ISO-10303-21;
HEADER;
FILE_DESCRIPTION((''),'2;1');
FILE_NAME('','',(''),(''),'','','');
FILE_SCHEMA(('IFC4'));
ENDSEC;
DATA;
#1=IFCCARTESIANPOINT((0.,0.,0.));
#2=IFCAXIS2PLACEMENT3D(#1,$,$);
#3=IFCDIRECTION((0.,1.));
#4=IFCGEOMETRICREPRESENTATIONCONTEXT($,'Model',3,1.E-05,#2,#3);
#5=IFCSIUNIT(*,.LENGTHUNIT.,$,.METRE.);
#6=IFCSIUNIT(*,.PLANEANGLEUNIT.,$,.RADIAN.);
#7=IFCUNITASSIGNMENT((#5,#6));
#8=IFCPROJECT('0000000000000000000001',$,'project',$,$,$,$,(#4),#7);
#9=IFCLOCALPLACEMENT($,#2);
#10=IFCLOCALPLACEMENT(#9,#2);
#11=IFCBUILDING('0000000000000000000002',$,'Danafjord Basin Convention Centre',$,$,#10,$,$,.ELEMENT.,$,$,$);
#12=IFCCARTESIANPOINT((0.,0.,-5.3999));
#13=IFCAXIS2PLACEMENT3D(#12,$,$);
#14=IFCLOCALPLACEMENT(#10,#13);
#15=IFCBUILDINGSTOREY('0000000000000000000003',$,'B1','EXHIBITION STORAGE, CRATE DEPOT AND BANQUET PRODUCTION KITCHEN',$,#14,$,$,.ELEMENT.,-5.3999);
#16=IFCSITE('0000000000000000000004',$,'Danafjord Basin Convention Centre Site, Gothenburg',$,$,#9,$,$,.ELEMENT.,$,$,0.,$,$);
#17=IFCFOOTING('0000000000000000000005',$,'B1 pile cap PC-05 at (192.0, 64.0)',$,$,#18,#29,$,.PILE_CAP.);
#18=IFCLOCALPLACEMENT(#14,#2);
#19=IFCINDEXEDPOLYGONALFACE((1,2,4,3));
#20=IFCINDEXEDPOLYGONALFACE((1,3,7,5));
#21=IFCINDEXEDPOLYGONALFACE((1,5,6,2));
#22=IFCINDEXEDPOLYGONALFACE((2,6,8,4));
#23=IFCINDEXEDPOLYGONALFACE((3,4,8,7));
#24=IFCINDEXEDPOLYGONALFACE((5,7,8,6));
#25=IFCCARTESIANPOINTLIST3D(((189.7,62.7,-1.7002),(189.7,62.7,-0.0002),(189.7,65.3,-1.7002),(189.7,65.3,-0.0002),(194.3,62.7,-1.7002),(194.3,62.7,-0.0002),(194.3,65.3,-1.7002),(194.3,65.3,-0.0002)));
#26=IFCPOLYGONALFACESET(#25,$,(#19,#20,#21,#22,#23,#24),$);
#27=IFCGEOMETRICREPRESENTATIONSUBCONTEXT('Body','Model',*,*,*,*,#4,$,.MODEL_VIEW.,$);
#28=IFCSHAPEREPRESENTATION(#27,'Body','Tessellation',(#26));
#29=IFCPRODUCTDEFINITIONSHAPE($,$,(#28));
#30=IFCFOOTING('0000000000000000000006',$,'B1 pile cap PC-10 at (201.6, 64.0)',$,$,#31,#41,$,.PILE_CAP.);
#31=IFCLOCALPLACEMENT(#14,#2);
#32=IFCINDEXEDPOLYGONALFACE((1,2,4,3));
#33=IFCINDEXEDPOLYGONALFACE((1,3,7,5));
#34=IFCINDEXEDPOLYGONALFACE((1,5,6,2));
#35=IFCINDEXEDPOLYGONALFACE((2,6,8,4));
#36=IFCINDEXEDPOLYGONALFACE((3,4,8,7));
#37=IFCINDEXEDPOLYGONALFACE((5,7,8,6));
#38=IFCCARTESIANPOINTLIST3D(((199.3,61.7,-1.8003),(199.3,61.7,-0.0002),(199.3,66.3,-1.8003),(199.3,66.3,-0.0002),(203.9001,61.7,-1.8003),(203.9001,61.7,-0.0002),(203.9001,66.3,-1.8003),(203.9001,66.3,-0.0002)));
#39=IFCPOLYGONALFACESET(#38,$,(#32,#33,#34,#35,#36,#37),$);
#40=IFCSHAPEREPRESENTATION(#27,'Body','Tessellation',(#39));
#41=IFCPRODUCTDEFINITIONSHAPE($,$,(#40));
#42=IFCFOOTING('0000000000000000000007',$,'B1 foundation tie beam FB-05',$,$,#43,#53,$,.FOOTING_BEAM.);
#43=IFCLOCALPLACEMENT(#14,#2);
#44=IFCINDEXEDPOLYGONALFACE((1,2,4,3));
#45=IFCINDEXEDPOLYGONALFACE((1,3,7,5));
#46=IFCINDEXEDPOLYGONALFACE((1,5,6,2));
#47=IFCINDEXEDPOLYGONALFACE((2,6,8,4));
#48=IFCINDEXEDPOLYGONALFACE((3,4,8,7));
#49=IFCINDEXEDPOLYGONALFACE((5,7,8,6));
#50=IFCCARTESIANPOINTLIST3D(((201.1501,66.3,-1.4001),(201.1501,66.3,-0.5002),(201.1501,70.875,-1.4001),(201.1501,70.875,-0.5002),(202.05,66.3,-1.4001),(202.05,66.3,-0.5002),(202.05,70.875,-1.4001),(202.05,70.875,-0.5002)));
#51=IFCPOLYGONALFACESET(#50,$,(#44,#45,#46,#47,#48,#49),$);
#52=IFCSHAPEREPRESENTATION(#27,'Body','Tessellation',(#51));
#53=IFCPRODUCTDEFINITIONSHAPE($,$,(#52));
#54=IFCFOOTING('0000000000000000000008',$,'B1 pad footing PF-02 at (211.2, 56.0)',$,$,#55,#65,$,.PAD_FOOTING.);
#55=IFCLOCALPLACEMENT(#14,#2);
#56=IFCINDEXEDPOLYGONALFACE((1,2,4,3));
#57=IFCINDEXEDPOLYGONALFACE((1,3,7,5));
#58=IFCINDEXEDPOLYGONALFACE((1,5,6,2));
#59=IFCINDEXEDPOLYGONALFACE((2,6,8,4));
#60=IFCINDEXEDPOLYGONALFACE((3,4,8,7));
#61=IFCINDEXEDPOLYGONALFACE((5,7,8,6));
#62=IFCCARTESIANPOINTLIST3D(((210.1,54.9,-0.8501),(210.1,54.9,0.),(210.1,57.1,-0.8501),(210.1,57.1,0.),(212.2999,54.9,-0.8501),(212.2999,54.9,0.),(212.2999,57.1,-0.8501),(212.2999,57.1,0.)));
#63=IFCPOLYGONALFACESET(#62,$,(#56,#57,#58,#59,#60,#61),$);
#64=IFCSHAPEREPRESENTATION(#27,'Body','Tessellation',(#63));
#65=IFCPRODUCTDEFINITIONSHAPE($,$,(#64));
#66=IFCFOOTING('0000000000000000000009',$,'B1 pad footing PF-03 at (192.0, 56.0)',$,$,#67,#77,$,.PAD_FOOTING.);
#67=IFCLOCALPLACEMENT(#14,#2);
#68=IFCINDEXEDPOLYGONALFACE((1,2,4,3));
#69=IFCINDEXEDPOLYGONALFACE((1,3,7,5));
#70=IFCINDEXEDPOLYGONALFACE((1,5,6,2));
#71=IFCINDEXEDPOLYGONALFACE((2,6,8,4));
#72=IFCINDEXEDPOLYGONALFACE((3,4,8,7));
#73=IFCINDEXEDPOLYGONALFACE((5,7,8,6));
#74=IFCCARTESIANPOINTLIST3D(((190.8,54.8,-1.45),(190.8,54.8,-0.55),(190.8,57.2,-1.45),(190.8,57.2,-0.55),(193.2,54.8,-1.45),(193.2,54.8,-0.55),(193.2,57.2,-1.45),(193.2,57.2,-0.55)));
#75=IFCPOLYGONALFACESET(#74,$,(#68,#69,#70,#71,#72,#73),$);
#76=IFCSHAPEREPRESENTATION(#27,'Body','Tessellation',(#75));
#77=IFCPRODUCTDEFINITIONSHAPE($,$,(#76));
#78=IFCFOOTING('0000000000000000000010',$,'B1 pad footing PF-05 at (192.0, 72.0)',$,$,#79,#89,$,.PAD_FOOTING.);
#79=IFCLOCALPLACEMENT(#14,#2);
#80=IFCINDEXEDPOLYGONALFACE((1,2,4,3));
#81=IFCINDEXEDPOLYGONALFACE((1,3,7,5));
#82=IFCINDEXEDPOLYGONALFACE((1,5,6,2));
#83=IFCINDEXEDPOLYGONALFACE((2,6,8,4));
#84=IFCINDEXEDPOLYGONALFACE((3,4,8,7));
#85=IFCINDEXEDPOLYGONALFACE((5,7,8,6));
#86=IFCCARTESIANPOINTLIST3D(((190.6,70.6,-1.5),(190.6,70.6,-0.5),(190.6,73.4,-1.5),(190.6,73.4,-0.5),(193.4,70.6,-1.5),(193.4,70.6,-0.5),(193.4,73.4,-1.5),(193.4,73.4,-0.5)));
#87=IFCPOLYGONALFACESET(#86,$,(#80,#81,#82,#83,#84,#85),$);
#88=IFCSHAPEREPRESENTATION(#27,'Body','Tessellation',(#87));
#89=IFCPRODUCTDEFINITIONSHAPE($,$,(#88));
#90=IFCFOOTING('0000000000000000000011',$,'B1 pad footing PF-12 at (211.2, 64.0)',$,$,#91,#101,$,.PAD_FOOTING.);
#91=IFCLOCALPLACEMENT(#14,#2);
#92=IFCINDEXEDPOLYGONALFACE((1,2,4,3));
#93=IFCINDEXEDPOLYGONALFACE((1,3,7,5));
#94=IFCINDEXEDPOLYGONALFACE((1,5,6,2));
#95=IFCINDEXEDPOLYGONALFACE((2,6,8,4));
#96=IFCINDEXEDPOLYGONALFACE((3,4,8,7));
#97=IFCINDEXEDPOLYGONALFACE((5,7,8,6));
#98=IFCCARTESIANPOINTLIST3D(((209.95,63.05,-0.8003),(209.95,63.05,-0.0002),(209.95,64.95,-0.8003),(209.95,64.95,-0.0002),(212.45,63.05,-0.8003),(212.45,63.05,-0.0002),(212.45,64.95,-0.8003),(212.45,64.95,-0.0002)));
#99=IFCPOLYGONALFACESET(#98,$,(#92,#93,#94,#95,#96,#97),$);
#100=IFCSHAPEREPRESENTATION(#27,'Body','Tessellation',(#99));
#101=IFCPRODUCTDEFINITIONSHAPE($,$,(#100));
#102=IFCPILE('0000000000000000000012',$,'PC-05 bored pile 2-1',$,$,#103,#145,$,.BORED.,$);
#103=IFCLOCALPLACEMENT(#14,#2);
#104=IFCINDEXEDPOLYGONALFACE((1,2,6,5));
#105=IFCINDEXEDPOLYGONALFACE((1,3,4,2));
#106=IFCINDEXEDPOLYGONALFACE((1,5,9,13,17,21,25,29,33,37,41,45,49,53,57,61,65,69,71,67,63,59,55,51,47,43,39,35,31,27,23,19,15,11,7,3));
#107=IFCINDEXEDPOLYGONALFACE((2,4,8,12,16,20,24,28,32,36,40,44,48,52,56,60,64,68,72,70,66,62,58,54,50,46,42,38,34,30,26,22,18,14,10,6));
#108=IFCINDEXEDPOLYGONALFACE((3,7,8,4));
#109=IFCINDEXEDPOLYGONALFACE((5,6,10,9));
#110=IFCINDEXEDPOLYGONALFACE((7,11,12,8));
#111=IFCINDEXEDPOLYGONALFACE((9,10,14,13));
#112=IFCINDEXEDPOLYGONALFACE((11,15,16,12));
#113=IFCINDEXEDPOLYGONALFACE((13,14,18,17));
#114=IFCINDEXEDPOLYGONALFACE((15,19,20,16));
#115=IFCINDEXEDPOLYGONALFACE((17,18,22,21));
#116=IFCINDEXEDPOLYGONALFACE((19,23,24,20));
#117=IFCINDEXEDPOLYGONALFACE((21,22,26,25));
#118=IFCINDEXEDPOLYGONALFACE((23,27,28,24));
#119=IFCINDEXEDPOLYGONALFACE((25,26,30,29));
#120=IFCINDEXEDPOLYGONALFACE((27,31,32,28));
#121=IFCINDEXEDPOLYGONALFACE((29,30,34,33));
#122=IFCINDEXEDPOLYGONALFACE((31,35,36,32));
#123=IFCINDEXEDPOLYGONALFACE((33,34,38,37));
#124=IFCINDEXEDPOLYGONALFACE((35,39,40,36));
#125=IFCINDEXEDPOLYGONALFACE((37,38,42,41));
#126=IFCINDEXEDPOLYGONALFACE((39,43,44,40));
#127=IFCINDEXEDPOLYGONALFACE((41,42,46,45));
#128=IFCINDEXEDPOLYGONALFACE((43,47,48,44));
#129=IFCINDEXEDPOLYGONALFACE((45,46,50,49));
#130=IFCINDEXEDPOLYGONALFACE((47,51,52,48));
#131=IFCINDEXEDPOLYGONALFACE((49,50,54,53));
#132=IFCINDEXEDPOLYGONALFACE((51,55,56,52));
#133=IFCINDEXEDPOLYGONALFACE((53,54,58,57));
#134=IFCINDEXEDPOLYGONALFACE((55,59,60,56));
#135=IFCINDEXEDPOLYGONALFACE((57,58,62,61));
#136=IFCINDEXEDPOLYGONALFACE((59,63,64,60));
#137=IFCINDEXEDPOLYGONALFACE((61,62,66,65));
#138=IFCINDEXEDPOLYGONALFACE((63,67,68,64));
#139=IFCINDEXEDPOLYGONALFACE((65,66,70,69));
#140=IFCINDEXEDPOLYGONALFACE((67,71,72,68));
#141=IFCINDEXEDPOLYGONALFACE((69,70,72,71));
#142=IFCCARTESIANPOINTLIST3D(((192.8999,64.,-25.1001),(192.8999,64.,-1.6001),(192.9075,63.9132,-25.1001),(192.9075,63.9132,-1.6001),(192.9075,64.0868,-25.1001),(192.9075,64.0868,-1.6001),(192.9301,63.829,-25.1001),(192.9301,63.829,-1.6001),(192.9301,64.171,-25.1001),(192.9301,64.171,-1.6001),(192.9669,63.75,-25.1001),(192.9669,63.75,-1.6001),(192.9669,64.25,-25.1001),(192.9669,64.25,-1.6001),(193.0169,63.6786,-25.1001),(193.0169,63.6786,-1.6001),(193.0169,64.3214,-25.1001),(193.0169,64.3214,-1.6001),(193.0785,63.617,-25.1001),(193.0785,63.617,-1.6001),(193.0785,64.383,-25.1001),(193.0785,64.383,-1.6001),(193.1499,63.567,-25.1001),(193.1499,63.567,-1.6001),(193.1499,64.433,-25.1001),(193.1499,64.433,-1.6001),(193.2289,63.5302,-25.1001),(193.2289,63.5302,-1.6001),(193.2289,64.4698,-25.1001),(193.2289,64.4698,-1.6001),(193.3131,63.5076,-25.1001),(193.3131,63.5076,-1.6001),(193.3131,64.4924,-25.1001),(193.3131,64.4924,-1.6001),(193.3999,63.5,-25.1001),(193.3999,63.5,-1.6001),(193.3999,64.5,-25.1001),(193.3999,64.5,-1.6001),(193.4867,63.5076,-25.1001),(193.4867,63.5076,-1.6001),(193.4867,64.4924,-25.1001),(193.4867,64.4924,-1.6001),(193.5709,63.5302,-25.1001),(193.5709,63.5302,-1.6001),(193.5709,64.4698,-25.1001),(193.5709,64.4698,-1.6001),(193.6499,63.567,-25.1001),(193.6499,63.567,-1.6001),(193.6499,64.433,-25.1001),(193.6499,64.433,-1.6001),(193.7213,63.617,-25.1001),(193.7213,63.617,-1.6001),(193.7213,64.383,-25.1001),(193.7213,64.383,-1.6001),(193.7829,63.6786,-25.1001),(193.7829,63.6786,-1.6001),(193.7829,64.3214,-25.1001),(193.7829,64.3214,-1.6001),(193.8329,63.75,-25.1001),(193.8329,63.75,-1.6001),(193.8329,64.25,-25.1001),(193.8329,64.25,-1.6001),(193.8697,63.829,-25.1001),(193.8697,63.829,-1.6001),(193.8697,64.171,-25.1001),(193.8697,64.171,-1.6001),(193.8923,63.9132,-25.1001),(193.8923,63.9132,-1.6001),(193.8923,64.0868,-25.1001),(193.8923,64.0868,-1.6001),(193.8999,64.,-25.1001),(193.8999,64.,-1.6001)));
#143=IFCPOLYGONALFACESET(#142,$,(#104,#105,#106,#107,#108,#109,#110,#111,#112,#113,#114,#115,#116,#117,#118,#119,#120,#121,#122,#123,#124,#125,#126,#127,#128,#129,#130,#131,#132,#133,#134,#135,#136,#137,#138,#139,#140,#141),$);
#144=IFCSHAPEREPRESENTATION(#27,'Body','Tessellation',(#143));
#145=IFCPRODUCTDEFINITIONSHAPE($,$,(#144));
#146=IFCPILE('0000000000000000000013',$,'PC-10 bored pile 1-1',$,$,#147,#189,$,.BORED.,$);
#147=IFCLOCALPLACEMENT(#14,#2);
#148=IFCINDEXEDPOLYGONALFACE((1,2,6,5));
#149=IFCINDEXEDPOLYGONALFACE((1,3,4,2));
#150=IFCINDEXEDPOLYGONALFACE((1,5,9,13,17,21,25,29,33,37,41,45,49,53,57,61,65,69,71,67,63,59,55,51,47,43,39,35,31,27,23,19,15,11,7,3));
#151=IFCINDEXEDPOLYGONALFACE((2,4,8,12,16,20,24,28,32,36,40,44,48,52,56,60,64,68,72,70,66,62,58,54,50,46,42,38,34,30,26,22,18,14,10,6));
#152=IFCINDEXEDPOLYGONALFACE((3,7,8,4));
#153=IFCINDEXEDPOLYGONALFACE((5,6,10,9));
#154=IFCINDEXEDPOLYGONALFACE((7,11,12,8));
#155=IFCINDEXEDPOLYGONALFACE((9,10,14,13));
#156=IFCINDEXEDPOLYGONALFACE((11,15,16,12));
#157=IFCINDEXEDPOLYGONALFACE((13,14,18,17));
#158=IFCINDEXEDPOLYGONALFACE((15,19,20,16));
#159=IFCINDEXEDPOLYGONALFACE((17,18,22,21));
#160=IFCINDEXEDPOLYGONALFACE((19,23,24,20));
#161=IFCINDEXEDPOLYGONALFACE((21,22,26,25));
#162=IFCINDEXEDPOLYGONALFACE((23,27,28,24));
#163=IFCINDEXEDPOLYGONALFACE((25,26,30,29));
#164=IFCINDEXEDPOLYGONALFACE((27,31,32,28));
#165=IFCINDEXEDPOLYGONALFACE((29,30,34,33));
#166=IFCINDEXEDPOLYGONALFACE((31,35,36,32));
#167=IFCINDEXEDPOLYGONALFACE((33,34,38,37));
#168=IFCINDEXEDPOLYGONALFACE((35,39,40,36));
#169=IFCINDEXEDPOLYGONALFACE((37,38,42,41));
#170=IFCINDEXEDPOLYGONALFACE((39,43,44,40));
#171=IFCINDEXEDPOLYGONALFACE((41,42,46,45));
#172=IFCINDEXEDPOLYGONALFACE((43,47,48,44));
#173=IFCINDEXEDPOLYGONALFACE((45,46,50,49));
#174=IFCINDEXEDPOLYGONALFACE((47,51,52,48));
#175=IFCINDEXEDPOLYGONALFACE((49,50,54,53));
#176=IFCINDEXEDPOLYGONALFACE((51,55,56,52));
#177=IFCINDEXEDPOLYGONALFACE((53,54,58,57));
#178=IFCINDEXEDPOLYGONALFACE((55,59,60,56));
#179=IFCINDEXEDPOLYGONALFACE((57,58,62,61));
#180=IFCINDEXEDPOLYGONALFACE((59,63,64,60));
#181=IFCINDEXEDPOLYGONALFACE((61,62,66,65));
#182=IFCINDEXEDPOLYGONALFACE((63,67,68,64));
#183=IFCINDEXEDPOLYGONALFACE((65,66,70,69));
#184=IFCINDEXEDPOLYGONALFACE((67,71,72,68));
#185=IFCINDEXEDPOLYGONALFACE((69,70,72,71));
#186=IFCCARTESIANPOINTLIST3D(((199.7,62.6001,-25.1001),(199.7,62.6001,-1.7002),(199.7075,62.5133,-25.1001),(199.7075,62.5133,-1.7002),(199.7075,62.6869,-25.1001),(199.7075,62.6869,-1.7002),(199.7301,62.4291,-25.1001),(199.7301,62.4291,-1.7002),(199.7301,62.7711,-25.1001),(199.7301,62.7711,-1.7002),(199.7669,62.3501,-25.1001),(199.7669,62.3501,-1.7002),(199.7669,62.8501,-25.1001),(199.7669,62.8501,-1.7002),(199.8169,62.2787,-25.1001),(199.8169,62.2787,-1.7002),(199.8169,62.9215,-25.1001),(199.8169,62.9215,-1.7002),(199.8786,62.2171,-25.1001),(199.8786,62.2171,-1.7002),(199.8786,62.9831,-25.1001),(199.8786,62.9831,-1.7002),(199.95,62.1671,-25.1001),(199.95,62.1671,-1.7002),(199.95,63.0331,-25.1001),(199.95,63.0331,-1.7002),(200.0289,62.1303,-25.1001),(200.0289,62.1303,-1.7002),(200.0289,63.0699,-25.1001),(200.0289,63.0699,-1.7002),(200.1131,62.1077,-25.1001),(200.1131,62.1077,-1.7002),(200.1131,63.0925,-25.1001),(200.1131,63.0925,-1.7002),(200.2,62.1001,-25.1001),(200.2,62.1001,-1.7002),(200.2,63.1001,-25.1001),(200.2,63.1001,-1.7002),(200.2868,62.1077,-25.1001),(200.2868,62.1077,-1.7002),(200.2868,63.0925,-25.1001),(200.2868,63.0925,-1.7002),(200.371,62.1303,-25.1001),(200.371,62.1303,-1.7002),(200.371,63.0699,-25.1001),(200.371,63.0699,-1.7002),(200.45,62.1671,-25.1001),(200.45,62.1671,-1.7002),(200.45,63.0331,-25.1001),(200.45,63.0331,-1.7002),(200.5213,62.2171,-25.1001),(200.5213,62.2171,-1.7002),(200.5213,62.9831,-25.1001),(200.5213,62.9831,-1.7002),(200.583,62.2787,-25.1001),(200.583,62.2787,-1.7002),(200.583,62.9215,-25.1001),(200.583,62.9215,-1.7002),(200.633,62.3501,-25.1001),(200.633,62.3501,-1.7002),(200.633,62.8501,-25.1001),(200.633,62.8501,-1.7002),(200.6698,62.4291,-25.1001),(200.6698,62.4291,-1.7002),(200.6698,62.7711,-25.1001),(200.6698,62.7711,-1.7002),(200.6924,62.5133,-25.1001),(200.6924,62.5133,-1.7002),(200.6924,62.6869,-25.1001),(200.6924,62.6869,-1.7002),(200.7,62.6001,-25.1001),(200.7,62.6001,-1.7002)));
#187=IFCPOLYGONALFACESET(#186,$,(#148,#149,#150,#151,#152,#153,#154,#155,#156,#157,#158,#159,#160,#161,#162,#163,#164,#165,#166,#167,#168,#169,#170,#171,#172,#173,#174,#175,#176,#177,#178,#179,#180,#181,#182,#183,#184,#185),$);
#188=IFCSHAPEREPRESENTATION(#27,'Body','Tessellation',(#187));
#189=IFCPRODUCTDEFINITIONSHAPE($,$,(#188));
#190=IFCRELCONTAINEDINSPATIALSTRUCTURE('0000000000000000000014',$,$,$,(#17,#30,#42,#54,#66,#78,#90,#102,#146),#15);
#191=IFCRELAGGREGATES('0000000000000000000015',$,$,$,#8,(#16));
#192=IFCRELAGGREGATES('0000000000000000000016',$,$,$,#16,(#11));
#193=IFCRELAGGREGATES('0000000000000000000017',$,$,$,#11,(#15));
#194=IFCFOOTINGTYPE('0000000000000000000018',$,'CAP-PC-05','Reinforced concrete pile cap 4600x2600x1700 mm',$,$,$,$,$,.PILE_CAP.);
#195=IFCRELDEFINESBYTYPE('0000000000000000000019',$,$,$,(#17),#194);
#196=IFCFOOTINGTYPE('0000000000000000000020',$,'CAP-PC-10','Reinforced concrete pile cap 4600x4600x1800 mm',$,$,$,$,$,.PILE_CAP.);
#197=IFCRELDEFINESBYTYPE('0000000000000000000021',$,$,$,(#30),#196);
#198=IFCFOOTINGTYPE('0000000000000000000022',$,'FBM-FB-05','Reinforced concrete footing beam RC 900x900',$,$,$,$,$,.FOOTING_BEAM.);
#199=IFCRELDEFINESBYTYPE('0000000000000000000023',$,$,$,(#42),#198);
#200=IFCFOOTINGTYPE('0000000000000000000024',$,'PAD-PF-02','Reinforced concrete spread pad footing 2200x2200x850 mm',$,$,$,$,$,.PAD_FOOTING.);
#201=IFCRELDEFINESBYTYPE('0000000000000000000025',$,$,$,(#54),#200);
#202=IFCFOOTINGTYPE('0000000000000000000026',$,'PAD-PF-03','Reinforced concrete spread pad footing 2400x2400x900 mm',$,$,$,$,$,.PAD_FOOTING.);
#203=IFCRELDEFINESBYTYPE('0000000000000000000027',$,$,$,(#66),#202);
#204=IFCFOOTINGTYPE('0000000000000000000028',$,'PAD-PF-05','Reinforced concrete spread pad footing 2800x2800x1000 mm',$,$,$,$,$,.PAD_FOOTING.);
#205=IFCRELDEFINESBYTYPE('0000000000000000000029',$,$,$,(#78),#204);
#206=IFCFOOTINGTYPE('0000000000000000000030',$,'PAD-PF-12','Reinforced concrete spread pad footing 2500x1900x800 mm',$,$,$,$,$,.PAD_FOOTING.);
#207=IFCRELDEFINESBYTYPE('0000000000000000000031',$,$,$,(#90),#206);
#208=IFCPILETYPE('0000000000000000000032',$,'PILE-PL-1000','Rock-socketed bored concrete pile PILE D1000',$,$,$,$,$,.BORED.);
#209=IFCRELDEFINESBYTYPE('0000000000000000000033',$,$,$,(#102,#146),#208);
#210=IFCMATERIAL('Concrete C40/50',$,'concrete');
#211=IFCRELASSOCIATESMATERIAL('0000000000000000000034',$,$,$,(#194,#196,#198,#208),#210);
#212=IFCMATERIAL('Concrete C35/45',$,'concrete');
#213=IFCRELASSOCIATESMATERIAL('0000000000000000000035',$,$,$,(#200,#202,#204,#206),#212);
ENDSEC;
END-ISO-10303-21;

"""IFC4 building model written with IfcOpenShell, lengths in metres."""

from ifc_helpers import new_model, si_unit, direction, frame, origin, origin_2d, place, context, subcontext, project, spatial, rectangle, circle, extrude, material, material_profile, profile_set, type_object, element, save


model = new_model("IFC4")

# Units and contexts
model_context = context("Model", 3, precision=1e-05, world=origin(), true_north=direction((0.0, 1.0)))
body_context = subcontext(model_context, "Body", "Model", "MODEL_VIEW")
ifc_project = project(units=[si_unit("LENGTHUNIT", "METRE"), si_unit("PLANEANGLEUNIT", "RADIAN")], contexts=[model_context])

# Site, building, storey
site_placement = place(None, origin())
site = spatial("IfcSite", under=ifc_project, at=site_placement, Name="Danafjord Basin Convention Centre Site, Gothenburg", CompositionType="ELEMENT", RefElevation=0.0)
building_placement = place(site_placement, origin())
building = spatial("IfcBuilding", under=site, at=building_placement, Name="Danafjord Basin Convention Centre", CompositionType="ELEMENT")
storey_placement = place(building_placement, frame((0.0, 0.0, -5.3999)))
storey = spatial("IfcBuildingStorey", under=building, at=storey_placement, Name="B1", Description="EXHIBITION STORAGE, CRATE DEPOT AND BANQUET PRODUCTION KITCHEN", CompositionType="ELEMENT", Elevation=-5.3999)

# Footings
ifc_material_1 = material(Name="Concrete C40/50", Category="concrete")
footing_type_1 = type_object("IfcFootingType", Name="CAP-PC-05", Description="Reinforced concrete pile cap 4600x2600x1700 mm", PredefinedType="PILE_CAP", material=ifc_material_1)
footing_1_placement = place(storey_placement, frame((192.0, 64.0, -1.7002), z_axis=(0.0, 0.0, 1.0), x_axis=(1.0, 0.0, 0.0)))
element("IfcFooting", 1, at=footing_1_placement, inside=storey, type_object=footing_type_1, Name="B1 pile cap PC-05 at (192.0, 64.0)", PredefinedType="PILE_CAP", context=body_context, shape_type="SweptSolid", body=[
    extrude(rectangle(XDim=4.6001, YDim=2.6001, at=origin_2d()), origin(), (0.0, 0.0, 1.0), 1.7),
])
footing_type_2 = type_object("IfcFootingType", Name="CAP-PC-10", Description="Reinforced concrete pile cap 4600x4600x1800 mm", PredefinedType="PILE_CAP", material=ifc_material_1)
footing_2_placement = place(storey_placement, frame((201.6001, 64.0, -1.8003), z_axis=(0.0, 0.0, 1.0), x_axis=(1.0, 0.0, 0.0)))
element("IfcFooting", 2, at=footing_2_placement, inside=storey, type_object=footing_type_2, Name="B1 pile cap PC-10 at (201.6, 64.0)", PredefinedType="PILE_CAP", context=body_context, shape_type="SweptSolid", body=[
    extrude(rectangle(XDim=4.6001, YDim=4.6001, at=origin_2d()), origin(), (0.0, 0.0, 1.0), 1.8),
])
ifc_material_profile_1 = material_profile(ifc_material_1, rectangle(XDim=0.8999, YDim=0.8999, at=origin_2d()), Name="RC 900x900")
ifc_profile_set_1 = profile_set([ifc_material_profile_1], Name="Concrete C40/50")
footing_type_3 = type_object("IfcFootingType", Name="FBM-FB-05", Description="Reinforced concrete footing beam RC 900x900", PredefinedType="FOOTING_BEAM", material=ifc_profile_set_1)
footing_3_placement = place(storey_placement, frame((201.6001, 66.3, -0.9502), z_axis=(0.0, 1.0, 0.0), x_axis=(-1.0, 0.0, 0.0)))
element("IfcFooting", 3, at=footing_3_placement, inside=storey, type_object=footing_type_3, Name="B1 foundation tie beam FB-05", PredefinedType="FOOTING_BEAM", context=body_context, shape_type="SweptSolid", body=[
    extrude(rectangle(XDim=0.8999, YDim=0.8999, at=origin_2d()), origin(), (0.0, 0.0, 1.0), 4.575),
])
ifc_material_2 = material(Name="Concrete C35/45", Category="concrete")
footing_type_4 = type_object("IfcFootingType", Name="PAD-PF-02", Description="Reinforced concrete spread pad footing 2200x2200x850 mm", PredefinedType="PAD_FOOTING", material=ifc_material_2)
footing_4_placement = place(storey_placement, frame((211.2, 56.0, -0.8501), z_axis=(0.0, 0.0, 1.0), x_axis=(1.0, 0.0, 0.0)))
element("IfcFooting", 4, at=footing_4_placement, inside=storey, type_object=footing_type_4, Name="B1 pad footing PF-02 at (211.2, 56.0)", PredefinedType="PAD_FOOTING", context=body_context, shape_type="SweptSolid", body=[
    extrude(rectangle(XDim=2.2, YDim=2.2, at=origin_2d()), origin(), (0.0, 0.0, 1.0), 0.8501),
])
footing_type_5 = type_object("IfcFootingType", Name="PAD-PF-03", Description="Reinforced concrete spread pad footing 2400x2400x900 mm", PredefinedType="PAD_FOOTING", material=ifc_material_2)
footing_5_placement = place(storey_placement, frame((192.0, 56.0, -1.45), z_axis=(0.0, 0.0, 1.0), x_axis=(1.0, 0.0, 0.0)))
element("IfcFooting", 5, at=footing_5_placement, inside=storey, type_object=footing_type_5, Name="B1 pad footing PF-03 at (192.0, 56.0)", PredefinedType="PAD_FOOTING", context=body_context, shape_type="SweptSolid", body=[
    extrude(rectangle(XDim=2.3999, YDim=2.3999, at=origin_2d()), origin(), (0.0, 0.0, 1.0), 0.8999),
])
footing_type_6 = type_object("IfcFootingType", Name="PAD-PF-05", Description="Reinforced concrete spread pad footing 2800x2800x1000 mm", PredefinedType="PAD_FOOTING", material=ifc_material_2)
footing_6_placement = place(storey_placement, frame((192.0, 72.0, -1.5), z_axis=(0.0, 0.0, 1.0), x_axis=(1.0, 0.0, 0.0)))
element("IfcFooting", 6, at=footing_6_placement, inside=storey, type_object=footing_type_6, Name="B1 pad footing PF-05 at (192.0, 72.0)", PredefinedType="PAD_FOOTING", context=body_context, shape_type="SweptSolid", body=[
    extrude(rectangle(XDim=2.8, YDim=2.8, at=origin_2d()), origin(), (0.0, 0.0, 1.0), 1.0),
])
footing_type_7 = type_object("IfcFootingType", Name="PAD-PF-12", Description="Reinforced concrete spread pad footing 2500x1900x800 mm", PredefinedType="PAD_FOOTING", material=ifc_material_2)
footing_7_placement = place(storey_placement, frame((211.2, 64.0, -0.8003), z_axis=(0.0, 0.0, 1.0), x_axis=(1.0, 0.0, 0.0)))
element("IfcFooting", 7, at=footing_7_placement, inside=storey, type_object=footing_type_7, Name="B1 pad footing PF-12 at (211.2, 64.0)", PredefinedType="PAD_FOOTING", context=body_context, shape_type="SweptSolid", body=[
    extrude(rectangle(XDim=2.5, YDim=1.8999, at=origin_2d()), origin(), (0.0, 0.0, 1.0), 0.8),
])

# Piles
ifc_material_profile_2 = material_profile(ifc_material_1, circle(Radius=0.5, at=origin_2d()), Name="PILE D1000")
ifc_profile_set_2 = profile_set([ifc_material_profile_2], Name="Concrete C40/50")
pile_type_1 = type_object("IfcPileType", Name="PILE-PL-1000", Description="Rock-socketed bored concrete pile PILE D1000", PredefinedType="BORED", material=ifc_profile_set_2)
pile_placement = place(storey_placement, frame((193.3999, 64.0, -1.6001), z_axis=(0.0, 0.0, -1.0), x_axis=(1.0, 0.0, 0.0)))
element("IfcPile", 8, at=pile_placement, inside=storey, type_object=pile_type_1, Name="PC-05 bored pile 2-1", PredefinedType="BORED", context=body_context, shape_type="SweptSolid", body=[
    extrude(circle(Radius=0.5, at=origin_2d()), origin(), (0.0, 0.0, 1.0), 23.5),
])
for number, where, z_axis, x_axis, name in (
    (9, (200.2, 62.6001, -1.7002), (0.0, 0.0, -1.0), (1.0, 0.0, 0.0), "PC-10 bored pile 1-1"),
):
    element("IfcPile", number, at=place(storey_placement, frame(where, z_axis=z_axis, x_axis=x_axis)), inside=storey, type_object=pile_type_1, Name=name, PredefinedType="BORED", context=body_context, shape_type="SweptSolid", body=[
        extrude(circle(Radius=0.5, at=origin_2d()), origin(), (0.0, 0.0, 1.0), 23.3999),
    ])

save(model, "model.ifc")
